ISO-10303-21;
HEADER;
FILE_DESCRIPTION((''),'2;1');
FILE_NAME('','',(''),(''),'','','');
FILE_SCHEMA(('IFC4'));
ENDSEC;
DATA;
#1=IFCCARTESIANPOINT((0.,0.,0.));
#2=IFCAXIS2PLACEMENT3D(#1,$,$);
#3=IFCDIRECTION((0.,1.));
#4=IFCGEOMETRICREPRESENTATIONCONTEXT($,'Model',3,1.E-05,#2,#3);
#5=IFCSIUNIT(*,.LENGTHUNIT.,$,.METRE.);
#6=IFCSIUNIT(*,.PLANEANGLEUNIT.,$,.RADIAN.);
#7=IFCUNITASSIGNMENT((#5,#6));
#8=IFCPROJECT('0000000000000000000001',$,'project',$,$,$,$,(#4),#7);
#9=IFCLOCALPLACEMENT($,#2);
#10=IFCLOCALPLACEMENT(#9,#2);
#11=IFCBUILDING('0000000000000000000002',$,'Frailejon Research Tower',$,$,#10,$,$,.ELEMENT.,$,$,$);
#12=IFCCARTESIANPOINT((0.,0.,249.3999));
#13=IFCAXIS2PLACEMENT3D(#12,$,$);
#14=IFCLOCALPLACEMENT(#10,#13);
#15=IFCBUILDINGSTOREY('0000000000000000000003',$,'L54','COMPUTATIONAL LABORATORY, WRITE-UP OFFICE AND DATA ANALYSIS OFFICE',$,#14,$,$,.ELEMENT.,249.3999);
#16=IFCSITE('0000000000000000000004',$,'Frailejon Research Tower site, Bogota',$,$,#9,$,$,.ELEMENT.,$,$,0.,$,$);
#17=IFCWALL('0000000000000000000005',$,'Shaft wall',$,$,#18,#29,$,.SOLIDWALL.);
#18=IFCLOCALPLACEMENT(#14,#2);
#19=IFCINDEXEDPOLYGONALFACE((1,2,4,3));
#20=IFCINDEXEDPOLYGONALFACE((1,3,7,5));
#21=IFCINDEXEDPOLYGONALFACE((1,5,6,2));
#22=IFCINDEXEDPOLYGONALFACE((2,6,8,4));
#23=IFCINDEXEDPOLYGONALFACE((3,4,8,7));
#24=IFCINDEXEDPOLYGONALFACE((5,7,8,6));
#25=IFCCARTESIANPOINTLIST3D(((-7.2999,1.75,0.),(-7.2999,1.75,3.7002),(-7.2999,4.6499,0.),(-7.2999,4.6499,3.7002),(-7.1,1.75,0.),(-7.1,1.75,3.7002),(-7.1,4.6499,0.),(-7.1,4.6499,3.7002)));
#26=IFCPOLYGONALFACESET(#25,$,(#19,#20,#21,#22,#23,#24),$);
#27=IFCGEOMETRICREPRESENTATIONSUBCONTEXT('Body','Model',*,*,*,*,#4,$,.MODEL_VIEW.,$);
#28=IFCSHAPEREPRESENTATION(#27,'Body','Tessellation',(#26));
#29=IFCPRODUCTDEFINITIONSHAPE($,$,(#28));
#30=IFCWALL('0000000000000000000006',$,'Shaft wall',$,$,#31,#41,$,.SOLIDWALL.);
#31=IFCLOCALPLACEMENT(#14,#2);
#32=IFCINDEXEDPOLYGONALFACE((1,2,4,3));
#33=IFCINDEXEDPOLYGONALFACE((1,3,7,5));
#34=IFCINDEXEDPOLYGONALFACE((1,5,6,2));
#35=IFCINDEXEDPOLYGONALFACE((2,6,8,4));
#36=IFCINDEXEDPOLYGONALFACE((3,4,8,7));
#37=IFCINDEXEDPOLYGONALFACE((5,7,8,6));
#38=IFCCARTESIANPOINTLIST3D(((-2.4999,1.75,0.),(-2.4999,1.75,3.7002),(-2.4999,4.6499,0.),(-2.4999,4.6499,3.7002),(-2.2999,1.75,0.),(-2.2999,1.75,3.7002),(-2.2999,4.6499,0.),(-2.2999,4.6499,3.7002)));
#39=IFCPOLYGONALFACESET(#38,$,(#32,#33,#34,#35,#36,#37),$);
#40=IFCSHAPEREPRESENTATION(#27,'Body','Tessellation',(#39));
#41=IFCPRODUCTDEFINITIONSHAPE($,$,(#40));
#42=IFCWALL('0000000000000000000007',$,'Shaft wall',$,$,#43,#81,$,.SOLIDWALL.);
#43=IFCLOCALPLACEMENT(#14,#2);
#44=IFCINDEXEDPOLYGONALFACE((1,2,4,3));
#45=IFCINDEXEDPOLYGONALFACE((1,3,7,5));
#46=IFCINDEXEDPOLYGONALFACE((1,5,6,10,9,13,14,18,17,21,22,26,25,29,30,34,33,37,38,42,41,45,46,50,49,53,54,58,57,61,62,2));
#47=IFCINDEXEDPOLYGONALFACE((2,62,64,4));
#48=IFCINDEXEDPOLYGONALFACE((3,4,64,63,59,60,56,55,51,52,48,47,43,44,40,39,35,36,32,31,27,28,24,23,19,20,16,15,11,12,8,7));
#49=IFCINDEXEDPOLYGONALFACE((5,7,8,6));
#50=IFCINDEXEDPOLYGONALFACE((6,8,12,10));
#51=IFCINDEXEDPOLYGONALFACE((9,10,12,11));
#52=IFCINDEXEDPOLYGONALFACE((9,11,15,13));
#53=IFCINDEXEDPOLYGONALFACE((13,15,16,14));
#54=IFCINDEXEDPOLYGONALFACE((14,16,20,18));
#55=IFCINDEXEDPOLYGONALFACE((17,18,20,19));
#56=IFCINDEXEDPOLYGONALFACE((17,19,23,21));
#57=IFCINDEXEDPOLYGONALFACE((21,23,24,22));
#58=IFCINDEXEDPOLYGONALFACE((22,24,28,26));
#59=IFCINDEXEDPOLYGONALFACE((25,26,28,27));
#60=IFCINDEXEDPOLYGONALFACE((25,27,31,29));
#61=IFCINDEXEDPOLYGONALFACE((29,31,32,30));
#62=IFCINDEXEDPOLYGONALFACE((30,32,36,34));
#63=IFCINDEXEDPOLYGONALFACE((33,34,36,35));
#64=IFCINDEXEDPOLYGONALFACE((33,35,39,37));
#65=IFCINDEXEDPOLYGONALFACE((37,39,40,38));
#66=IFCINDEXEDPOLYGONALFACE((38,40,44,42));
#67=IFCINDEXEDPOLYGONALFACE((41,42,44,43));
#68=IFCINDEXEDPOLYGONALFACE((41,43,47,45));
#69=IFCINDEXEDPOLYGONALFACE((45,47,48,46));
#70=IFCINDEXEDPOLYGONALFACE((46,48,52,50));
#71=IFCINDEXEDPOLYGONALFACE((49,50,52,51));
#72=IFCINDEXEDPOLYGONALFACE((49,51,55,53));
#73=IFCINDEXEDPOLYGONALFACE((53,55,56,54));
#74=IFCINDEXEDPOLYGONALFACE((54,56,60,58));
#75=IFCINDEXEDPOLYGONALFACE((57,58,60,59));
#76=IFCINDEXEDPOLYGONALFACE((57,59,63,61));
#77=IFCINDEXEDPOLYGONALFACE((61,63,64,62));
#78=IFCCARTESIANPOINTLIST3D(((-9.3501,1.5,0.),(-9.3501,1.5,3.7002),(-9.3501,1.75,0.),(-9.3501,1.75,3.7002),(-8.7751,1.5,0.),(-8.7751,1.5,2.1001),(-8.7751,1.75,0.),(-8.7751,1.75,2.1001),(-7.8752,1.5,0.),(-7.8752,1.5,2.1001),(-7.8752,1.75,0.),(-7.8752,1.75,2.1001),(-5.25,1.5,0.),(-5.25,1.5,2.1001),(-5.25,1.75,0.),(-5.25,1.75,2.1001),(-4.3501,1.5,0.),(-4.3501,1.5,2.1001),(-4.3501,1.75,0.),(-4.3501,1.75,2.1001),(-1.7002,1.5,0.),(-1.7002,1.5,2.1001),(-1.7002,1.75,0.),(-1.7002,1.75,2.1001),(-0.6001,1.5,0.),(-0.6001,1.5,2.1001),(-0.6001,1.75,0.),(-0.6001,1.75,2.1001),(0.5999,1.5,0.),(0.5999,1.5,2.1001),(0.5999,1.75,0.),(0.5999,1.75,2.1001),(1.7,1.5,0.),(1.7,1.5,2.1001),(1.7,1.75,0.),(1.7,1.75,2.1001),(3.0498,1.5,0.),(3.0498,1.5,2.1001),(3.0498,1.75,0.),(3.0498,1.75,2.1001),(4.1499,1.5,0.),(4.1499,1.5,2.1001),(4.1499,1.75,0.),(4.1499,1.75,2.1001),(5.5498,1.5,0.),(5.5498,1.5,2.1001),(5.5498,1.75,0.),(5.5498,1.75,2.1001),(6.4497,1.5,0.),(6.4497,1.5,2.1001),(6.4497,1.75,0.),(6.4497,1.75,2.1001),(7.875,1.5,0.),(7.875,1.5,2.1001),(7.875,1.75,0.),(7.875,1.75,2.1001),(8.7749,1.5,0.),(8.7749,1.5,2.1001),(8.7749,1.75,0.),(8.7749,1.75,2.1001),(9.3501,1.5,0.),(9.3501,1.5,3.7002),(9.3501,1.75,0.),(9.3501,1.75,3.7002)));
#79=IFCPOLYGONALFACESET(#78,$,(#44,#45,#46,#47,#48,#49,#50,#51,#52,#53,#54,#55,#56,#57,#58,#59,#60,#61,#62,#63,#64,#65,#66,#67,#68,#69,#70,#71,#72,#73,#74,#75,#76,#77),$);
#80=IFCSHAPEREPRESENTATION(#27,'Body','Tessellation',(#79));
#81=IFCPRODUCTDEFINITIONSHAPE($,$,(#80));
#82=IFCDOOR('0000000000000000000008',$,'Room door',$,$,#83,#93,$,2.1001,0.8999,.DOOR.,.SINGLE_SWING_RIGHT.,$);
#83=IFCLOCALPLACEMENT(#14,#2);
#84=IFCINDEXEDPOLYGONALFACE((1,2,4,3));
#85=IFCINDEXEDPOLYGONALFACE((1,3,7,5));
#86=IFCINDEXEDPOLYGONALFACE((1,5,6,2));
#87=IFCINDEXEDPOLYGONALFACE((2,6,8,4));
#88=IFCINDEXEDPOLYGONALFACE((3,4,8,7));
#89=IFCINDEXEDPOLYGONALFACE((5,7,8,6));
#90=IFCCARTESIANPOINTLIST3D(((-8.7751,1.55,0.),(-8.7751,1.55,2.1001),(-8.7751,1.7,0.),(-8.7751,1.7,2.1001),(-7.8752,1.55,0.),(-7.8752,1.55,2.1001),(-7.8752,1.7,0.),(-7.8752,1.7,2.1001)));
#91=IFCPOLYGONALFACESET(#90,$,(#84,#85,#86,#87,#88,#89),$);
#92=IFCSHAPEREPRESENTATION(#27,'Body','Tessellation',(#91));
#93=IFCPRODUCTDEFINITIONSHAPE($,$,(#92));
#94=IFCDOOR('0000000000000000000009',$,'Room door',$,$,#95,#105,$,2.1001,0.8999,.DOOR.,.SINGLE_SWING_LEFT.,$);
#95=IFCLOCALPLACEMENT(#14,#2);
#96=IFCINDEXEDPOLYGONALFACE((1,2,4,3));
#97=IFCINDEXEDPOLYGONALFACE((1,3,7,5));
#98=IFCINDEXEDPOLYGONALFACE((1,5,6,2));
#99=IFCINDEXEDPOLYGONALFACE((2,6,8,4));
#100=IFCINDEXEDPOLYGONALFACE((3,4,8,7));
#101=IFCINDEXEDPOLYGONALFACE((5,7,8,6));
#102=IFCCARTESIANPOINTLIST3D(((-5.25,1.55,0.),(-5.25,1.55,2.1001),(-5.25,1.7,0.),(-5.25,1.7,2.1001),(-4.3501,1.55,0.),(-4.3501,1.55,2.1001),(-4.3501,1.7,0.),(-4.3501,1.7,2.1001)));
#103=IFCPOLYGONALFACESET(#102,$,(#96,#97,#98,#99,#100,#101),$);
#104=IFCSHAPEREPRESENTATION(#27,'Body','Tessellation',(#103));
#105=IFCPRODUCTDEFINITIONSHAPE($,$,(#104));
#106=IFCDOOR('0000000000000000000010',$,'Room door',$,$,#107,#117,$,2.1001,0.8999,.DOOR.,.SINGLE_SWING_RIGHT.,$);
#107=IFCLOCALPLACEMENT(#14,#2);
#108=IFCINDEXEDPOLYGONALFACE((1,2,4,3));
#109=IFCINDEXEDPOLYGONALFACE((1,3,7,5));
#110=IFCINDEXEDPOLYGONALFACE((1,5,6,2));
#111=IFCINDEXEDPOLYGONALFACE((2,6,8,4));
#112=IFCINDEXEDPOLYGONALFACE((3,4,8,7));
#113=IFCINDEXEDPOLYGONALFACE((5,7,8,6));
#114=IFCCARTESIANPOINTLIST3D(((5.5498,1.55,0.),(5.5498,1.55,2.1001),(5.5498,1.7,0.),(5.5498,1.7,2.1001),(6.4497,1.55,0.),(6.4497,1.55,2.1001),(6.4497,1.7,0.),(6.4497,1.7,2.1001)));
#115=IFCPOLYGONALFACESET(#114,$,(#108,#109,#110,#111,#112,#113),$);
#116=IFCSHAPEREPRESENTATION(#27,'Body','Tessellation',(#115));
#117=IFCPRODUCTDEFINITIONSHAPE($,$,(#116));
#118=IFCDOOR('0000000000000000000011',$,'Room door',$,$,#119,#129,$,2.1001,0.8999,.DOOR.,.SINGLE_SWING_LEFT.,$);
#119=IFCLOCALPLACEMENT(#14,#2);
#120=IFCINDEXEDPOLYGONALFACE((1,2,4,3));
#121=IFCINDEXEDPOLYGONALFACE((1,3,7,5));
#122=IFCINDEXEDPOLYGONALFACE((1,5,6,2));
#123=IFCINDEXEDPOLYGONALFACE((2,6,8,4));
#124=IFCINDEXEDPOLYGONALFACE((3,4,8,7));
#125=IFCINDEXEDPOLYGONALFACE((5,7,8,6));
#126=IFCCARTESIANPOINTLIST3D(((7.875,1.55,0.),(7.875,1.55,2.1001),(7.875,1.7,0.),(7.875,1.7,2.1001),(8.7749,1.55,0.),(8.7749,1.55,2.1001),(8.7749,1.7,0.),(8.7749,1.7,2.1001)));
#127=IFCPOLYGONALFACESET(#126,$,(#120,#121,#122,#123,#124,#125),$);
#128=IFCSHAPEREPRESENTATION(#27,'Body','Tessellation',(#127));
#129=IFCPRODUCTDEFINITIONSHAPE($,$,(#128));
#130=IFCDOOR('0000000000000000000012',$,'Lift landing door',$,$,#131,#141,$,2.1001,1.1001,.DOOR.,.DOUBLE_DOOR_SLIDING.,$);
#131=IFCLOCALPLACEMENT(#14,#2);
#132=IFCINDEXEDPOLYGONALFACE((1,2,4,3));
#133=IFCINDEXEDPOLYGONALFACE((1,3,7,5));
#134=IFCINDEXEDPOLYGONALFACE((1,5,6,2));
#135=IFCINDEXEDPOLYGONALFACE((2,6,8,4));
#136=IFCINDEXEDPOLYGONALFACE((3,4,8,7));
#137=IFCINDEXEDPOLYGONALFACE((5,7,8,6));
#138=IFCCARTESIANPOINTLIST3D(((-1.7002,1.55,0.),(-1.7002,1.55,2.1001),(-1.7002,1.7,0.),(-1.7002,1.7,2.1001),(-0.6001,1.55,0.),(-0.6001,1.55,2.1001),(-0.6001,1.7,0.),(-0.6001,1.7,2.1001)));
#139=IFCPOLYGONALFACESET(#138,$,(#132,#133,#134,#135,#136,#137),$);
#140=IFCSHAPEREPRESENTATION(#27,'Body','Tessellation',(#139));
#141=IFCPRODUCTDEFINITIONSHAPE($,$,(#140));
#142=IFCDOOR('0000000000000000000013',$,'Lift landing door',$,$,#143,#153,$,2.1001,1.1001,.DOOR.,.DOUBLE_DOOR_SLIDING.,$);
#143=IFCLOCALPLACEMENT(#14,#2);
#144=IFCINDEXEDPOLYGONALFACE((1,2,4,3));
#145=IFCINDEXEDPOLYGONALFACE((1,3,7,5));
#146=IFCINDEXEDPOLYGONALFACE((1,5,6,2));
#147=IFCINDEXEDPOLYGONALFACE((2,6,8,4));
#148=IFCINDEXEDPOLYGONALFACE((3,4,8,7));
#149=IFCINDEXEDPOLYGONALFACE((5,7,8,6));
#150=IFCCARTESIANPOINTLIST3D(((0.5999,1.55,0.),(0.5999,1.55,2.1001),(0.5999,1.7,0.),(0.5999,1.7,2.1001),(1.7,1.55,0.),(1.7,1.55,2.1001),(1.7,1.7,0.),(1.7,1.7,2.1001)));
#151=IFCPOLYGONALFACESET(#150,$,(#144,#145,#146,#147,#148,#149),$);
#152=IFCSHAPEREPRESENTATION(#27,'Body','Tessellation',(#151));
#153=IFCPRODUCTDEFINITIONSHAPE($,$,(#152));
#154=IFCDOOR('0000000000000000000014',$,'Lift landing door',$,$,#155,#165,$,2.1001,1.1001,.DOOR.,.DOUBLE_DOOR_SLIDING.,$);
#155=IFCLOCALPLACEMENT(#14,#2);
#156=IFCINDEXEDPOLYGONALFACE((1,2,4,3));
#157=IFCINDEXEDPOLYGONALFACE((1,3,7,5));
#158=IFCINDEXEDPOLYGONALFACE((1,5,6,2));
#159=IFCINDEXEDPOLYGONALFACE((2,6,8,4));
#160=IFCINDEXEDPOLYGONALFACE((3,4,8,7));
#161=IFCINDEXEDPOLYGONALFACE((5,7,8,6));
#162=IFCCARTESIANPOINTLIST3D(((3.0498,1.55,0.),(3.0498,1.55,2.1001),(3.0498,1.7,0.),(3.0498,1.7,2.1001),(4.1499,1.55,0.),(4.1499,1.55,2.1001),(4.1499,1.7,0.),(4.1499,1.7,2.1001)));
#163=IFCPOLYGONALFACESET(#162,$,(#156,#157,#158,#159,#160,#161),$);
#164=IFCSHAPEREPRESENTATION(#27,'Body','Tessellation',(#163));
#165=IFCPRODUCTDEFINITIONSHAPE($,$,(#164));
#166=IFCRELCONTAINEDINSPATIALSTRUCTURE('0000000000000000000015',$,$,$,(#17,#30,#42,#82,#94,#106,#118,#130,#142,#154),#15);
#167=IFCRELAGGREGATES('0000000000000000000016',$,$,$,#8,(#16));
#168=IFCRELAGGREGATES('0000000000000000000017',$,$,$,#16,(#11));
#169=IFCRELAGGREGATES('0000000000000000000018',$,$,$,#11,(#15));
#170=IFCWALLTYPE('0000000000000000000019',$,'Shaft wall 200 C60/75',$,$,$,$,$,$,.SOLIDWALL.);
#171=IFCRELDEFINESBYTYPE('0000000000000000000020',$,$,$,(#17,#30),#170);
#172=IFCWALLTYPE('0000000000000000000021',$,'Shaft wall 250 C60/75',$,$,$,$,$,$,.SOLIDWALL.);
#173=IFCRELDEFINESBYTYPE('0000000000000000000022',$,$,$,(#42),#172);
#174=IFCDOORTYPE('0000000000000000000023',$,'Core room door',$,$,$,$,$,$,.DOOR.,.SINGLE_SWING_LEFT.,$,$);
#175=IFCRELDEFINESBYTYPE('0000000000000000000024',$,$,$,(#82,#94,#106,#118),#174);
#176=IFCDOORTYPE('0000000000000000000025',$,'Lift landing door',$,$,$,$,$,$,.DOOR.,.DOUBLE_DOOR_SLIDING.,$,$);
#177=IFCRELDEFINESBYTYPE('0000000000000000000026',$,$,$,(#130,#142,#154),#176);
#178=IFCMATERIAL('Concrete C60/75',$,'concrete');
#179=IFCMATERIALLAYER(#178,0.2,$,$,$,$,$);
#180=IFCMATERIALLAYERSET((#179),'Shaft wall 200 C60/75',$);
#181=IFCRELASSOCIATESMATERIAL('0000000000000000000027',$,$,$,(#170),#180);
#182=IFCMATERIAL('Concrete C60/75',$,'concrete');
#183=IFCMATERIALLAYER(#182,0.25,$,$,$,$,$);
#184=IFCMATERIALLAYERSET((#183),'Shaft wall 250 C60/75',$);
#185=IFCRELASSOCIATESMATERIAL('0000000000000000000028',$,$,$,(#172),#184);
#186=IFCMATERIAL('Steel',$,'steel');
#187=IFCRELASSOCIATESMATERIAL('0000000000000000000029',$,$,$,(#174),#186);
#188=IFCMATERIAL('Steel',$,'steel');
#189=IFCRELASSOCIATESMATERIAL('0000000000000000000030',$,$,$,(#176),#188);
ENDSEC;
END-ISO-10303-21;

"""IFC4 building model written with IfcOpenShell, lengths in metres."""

from ifc_helpers import new_model, si_unit, direction, frame, frame_2d, origin, place, context, subcontext, project, spatial, rectangle, extrude, material, layer, layer_set, type_object, element, fill, save


model = new_model("IFC4")

# Units and contexts
model_context = context("Model", 3, precision=1e-05, world=origin(), true_north=direction((0.0, 1.0)))
body_context = subcontext(model_context, "Body", "Model", "MODEL_VIEW")
ifc_project = project(units=[si_unit("LENGTHUNIT", "METRE"), si_unit("PLANEANGLEUNIT", "RADIAN")], contexts=[model_context])

# Site, building, storey
site_placement = place(None, origin())
site = spatial("IfcSite", under=ifc_project, at=site_placement, Name="Frailejon Research Tower site, Bogota", CompositionType="ELEMENT", RefElevation=0.0)
building_placement = place(site_placement, origin())
building = spatial("IfcBuilding", under=site, at=building_placement, Name="Frailejon Research Tower", CompositionType="ELEMENT")
storey_placement = place(building_placement, frame((0.0, 0.0, 249.3999)))
storey = spatial("IfcBuildingStorey", under=building, at=storey_placement, Name="L54", Description="COMPUTATIONAL LABORATORY, WRITE-UP OFFICE AND DATA ANALYSIS OFFICE", CompositionType="ELEMENT", Elevation=249.3999)

# Walls
ifc_material_1 = material(Name="Concrete C60/75", Category="concrete")
ifc_layer_1 = layer(ifc_material_1, 0.2)
ifc_layer_set_1 = layer_set([ifc_layer_1], Name="Shaft wall 200 C60/75")
wall_type_1 = type_object("IfcWallType", Name="Shaft wall 200 C60/75", PredefinedType="SOLIDWALL", material=ifc_layer_set_1)
for number, where, z_axis, x_axis, name in (
    (1, (-7.2, 1.75, 0.0), (0.0, 0.0, 1.0), (0.0, 1.0, 0.0), "Shaft wall"),
    (2, (-2.3999, 1.75, 0.0), (0.0, 0.0, 1.0), (0.0, 1.0, 0.0), "Shaft wall"),
):
    element("IfcWall", number, at=place(storey_placement, frame(where, z_axis=z_axis, x_axis=x_axis)), inside=storey, type_object=wall_type_1, Name=name, PredefinedType="SOLIDWALL", context=body_context, shape_type="SweptSolid", body=[
        extrude(rectangle(XDim=2.8999, YDim=0.2, at=frame_2d((1.45, 0.0))), origin(), (0.0, 0.0, 1.0), 3.7002),
    ])

# Wall, openings, doors
ifc_material_2 = material(Name="Concrete C60/75", Category="concrete")
ifc_layer_2 = layer(ifc_material_2, 0.25)
ifc_layer_set_2 = layer_set([ifc_layer_2], Name="Shaft wall 250 C60/75")
wall_type_2 = type_object("IfcWallType", Name="Shaft wall 250 C60/75", PredefinedType="SOLIDWALL", material=ifc_layer_set_2)
wall_1_placement = place(storey_placement, frame((-9.3501, 1.625, 0.0), z_axis=(0.0, 0.0, 1.0), x_axis=(1.0, 0.0, 0.0)))
wall_1 = element("IfcWall", 3, at=wall_1_placement, inside=storey, type_object=wall_type_2, Name="Shaft wall", PredefinedType="SOLIDWALL", context=body_context, shape_type="SweptSolid", body=[
    extrude(rectangle(XDim=18.7002, YDim=0.25, at=frame_2d((9.3501, 0.0))), origin(), (0.0, 0.0, 1.0), 3.7002),
])
opening_1_placement = place(wall_1_placement, frame((7.6499, 0.0, 0.0)))
opening_1 = element("IfcOpeningElement", 4, at=opening_1_placement, cuts=wall_1, PredefinedType="OPENING", context=body_context, shape_type="SweptSolid", body=[
    extrude(rectangle(XDim=1.1001, YDim=2.1001, at=frame_2d((0.55, 1.05))), frame((0.0, 0.135, 0.0), z_axis=(0.0, -1.0, 0.0), x_axis=(1.0, 0.0, 0.0)), (0.0, 0.0, 1.0), 0.27),
])
opening_2_placement = place(wall_1_placement, frame((9.95, 0.0, 0.0)))
opening_2 = element("IfcOpeningElement", 5, at=opening_2_placement, cuts=wall_1, PredefinedType="OPENING", context=body_context, shape_type="SweptSolid", body=[
    extrude(rectangle(XDim=1.1001, YDim=2.1001, at=frame_2d((0.55, 1.05))), frame((0.0, 0.135, 0.0), z_axis=(0.0, -1.0, 0.0), x_axis=(1.0, 0.0, 0.0)), (0.0, 0.0, 1.0), 0.27),
])
opening_3_placement = place(wall_1_placement, frame((12.3999, 0.0, 0.0)))
opening_3 = element("IfcOpeningElement", 6, at=opening_3_placement, cuts=wall_1, PredefinedType="OPENING", context=body_context, shape_type="SweptSolid", body=[
    extrude(rectangle(XDim=1.1001, YDim=2.1001, at=frame_2d((0.55, 1.05))), frame((0.0, 0.135, 0.0), z_axis=(0.0, -1.0, 0.0), x_axis=(1.0, 0.0, 0.0)), (0.0, 0.0, 1.0), 0.27),
])
opening_4_placement = place(wall_1_placement, frame((0.575, 0.0, 0.0)))
opening_4 = element("IfcOpeningElement", 7, at=opening_4_placement, cuts=wall_1, PredefinedType="OPENING", context=body_context, shape_type="SweptSolid", body=[
    extrude(rectangle(XDim=0.8999, YDim=2.1001, at=frame_2d((0.45, 1.05))), frame((0.0, 0.135, 0.0), z_axis=(0.0, -1.0, 0.0), x_axis=(1.0, 0.0, 0.0)), (0.0, 0.0, 1.0), 0.27),
])
opening_5_placement = place(wall_1_placement, frame((4.1001, 0.0, 0.0)))
opening_5 = element("IfcOpeningElement", 8, at=opening_5_placement, cuts=wall_1, PredefinedType="OPENING", context=body_context, shape_type="SweptSolid", body=[
    extrude(rectangle(XDim=0.8999, YDim=2.1001, at=frame_2d((0.45, 1.05))), frame((0.0, 0.135, 0.0), z_axis=(0.0, -1.0, 0.0), x_axis=(1.0, 0.0, 0.0)), (0.0, 0.0, 1.0), 0.27),
])
opening_6_placement = place(wall_1_placement, frame((14.8999, 0.0, 0.0)))
opening_6 = element("IfcOpeningElement", 9, at=opening_6_placement, cuts=wall_1, PredefinedType="OPENING", context=body_context, shape_type="SweptSolid", body=[
    extrude(rectangle(XDim=0.8999, YDim=2.1001, at=frame_2d((0.45, 1.05))), frame((0.0, 0.135, 0.0), z_axis=(0.0, -1.0, 0.0), x_axis=(1.0, 0.0, 0.0)), (0.0, 0.0, 1.0), 0.27),
])
opening_7_placement = place(wall_1_placement, frame((17.2251, 0.0, 0.0)))
opening_7 = element("IfcOpeningElement", 10, at=opening_7_placement, cuts=wall_1, PredefinedType="OPENING", context=body_context, shape_type="SweptSolid", body=[
    extrude(rectangle(XDim=0.8999, YDim=2.1001, at=frame_2d((0.45, 1.05))), frame((0.0, 0.135, 0.0), z_axis=(0.0, -1.0, 0.0), x_axis=(1.0, 0.0, 0.0)), (0.0, 0.0, 1.0), 0.27),
])
ifc_material_3 = material(Name="Steel", Category="steel")
door_type_1 = type_object("IfcDoorType", Name="Core room door", OperationType="SINGLE_SWING_LEFT", PredefinedType="DOOR", material=ifc_material_3)
door_1_placement = place(opening_4_placement, origin())
door_1 = element("IfcDoor", 11, at=door_1_placement, inside=storey, type_object=door_type_1, Name="Room door", OperationType="SINGLE_SWING_RIGHT", OverallHeight=2.1001, OverallWidth=0.8999, PredefinedType="DOOR", context=body_context, shape_type="SweptSolid", body=[
    extrude(rectangle(XDim=0.8999, YDim=2.1001, at=frame_2d((0.45, 1.05))), frame((0.0, 0.075, 0.0), z_axis=(0.0, -1.0, 0.0), x_axis=(1.0, 0.0, 0.0)), (0.0, 0.0, 1.0), 0.1499),
])
fill(opening_4, door_1)
door_2_placement = place(opening_5_placement, origin())
door_2 = element("IfcDoor", 12, at=door_2_placement, inside=storey, type_object=door_type_1, Name="Room door", OperationType="SINGLE_SWING_LEFT", OverallHeight=2.1001, OverallWidth=0.8999, PredefinedType="DOOR", context=body_context, shape_type="SweptSolid", body=[
    extrude(rectangle(XDim=0.8999, YDim=2.1001, at=frame_2d((0.45, 1.05))), frame((0.0, 0.075, 0.0), z_axis=(0.0, -1.0, 0.0), x_axis=(1.0, 0.0, 0.0)), (0.0, 0.0, 1.0), 0.1499),
])
fill(opening_5, door_2)
door_3_placement = place(opening_6_placement, origin())
door_3 = element("IfcDoor", 13, at=door_3_placement, inside=storey, type_object=door_type_1, Name="Room door", OperationType="SINGLE_SWING_RIGHT", OverallHeight=2.1001, OverallWidth=0.8999, PredefinedType="DOOR", context=body_context, shape_type="SweptSolid", body=[
    extrude(rectangle(XDim=0.8999, YDim=2.1001, at=frame_2d((0.45, 1.05))), frame((0.0, 0.075, 0.0), z_axis=(0.0, -1.0, 0.0), x_axis=(1.0, 0.0, 0.0)), (0.0, 0.0, 1.0), 0.1499),
])
fill(opening_6, door_3)
door_4_placement = place(opening_7_placement, origin())
door_4 = element("IfcDoor", 14, at=door_4_placement, inside=storey, type_object=door_type_1, Name="Room door", OperationType="SINGLE_SWING_LEFT", OverallHeight=2.1001, OverallWidth=0.8999, PredefinedType="DOOR", context=body_context, shape_type="SweptSolid", body=[
    extrude(rectangle(XDim=0.8999, YDim=2.1001, at=frame_2d((0.45, 1.05))), frame((0.0, 0.075, 0.0), z_axis=(0.0, -1.0, 0.0), x_axis=(1.0, 0.0, 0.0)), (0.0, 0.0, 1.0), 0.1499),
])
fill(opening_7, door_4)
ifc_material_4 = material(Name="Steel", Category="steel")
door_type_2 = type_object("IfcDoorType", Name="Lift landing door", OperationType="DOUBLE_DOOR_SLIDING", PredefinedType="DOOR", material=ifc_material_4)
door_5_placement = place(opening_1_placement, origin())
door_5 = element("IfcDoor", 15, at=door_5_placement, inside=storey, type_object=door_type_2, Name="Lift landing door", OperationType="DOUBLE_DOOR_SLIDING", OverallHeight=2.1001, OverallWidth=1.1001, PredefinedType="DOOR", context=body_context, shape_type="SweptSolid", body=[
    extrude(rectangle(XDim=1.1001, YDim=2.1001, at=frame_2d((0.55, 1.05))), frame((0.0, 0.075, 0.0), z_axis=(0.0, -1.0, 0.0), x_axis=(1.0, 0.0, 0.0)), (0.0, 0.0, 1.0), 0.1499),
])
fill(opening_1, door_5)
door_6_placement = place(opening_2_placement, origin())
door_6 = element("IfcDoor", 16, at=door_6_placement, inside=storey, type_object=door_type_2, Name="Lift landing door", OperationType="DOUBLE_DOOR_SLIDING", OverallHeight=2.1001, OverallWidth=1.1001, PredefinedType="DOOR", context=body_context, shape_type="SweptSolid", body=[
    extrude(rectangle(XDim=1.1001, YDim=2.1001, at=frame_2d((0.55, 1.05))), frame((0.0, 0.075, 0.0), z_axis=(0.0, -1.0, 0.0), x_axis=(1.0, 0.0, 0.0)), (0.0, 0.0, 1.0), 0.1499),
])
fill(opening_2, door_6)
door_7_placement = place(opening_3_placement, origin())
door_7 = element("IfcDoor", 17, at=door_7_placement, inside=storey, type_object=door_type_2, Name="Lift landing door", OperationType="DOUBLE_DOOR_SLIDING", OverallHeight=2.1001, OverallWidth=1.1001, PredefinedType="DOOR", context=body_context, shape_type="SweptSolid", body=[
    extrude(rectangle(XDim=1.1001, YDim=2.1001, at=frame_2d((0.55, 1.05))), frame((0.0, 0.075, 0.0), z_axis=(0.0, -1.0, 0.0), x_axis=(1.0, 0.0, 0.0)), (0.0, 0.0, 1.0), 0.1499),
])
fill(opening_3, door_7)

save(model, "model.ifc")
